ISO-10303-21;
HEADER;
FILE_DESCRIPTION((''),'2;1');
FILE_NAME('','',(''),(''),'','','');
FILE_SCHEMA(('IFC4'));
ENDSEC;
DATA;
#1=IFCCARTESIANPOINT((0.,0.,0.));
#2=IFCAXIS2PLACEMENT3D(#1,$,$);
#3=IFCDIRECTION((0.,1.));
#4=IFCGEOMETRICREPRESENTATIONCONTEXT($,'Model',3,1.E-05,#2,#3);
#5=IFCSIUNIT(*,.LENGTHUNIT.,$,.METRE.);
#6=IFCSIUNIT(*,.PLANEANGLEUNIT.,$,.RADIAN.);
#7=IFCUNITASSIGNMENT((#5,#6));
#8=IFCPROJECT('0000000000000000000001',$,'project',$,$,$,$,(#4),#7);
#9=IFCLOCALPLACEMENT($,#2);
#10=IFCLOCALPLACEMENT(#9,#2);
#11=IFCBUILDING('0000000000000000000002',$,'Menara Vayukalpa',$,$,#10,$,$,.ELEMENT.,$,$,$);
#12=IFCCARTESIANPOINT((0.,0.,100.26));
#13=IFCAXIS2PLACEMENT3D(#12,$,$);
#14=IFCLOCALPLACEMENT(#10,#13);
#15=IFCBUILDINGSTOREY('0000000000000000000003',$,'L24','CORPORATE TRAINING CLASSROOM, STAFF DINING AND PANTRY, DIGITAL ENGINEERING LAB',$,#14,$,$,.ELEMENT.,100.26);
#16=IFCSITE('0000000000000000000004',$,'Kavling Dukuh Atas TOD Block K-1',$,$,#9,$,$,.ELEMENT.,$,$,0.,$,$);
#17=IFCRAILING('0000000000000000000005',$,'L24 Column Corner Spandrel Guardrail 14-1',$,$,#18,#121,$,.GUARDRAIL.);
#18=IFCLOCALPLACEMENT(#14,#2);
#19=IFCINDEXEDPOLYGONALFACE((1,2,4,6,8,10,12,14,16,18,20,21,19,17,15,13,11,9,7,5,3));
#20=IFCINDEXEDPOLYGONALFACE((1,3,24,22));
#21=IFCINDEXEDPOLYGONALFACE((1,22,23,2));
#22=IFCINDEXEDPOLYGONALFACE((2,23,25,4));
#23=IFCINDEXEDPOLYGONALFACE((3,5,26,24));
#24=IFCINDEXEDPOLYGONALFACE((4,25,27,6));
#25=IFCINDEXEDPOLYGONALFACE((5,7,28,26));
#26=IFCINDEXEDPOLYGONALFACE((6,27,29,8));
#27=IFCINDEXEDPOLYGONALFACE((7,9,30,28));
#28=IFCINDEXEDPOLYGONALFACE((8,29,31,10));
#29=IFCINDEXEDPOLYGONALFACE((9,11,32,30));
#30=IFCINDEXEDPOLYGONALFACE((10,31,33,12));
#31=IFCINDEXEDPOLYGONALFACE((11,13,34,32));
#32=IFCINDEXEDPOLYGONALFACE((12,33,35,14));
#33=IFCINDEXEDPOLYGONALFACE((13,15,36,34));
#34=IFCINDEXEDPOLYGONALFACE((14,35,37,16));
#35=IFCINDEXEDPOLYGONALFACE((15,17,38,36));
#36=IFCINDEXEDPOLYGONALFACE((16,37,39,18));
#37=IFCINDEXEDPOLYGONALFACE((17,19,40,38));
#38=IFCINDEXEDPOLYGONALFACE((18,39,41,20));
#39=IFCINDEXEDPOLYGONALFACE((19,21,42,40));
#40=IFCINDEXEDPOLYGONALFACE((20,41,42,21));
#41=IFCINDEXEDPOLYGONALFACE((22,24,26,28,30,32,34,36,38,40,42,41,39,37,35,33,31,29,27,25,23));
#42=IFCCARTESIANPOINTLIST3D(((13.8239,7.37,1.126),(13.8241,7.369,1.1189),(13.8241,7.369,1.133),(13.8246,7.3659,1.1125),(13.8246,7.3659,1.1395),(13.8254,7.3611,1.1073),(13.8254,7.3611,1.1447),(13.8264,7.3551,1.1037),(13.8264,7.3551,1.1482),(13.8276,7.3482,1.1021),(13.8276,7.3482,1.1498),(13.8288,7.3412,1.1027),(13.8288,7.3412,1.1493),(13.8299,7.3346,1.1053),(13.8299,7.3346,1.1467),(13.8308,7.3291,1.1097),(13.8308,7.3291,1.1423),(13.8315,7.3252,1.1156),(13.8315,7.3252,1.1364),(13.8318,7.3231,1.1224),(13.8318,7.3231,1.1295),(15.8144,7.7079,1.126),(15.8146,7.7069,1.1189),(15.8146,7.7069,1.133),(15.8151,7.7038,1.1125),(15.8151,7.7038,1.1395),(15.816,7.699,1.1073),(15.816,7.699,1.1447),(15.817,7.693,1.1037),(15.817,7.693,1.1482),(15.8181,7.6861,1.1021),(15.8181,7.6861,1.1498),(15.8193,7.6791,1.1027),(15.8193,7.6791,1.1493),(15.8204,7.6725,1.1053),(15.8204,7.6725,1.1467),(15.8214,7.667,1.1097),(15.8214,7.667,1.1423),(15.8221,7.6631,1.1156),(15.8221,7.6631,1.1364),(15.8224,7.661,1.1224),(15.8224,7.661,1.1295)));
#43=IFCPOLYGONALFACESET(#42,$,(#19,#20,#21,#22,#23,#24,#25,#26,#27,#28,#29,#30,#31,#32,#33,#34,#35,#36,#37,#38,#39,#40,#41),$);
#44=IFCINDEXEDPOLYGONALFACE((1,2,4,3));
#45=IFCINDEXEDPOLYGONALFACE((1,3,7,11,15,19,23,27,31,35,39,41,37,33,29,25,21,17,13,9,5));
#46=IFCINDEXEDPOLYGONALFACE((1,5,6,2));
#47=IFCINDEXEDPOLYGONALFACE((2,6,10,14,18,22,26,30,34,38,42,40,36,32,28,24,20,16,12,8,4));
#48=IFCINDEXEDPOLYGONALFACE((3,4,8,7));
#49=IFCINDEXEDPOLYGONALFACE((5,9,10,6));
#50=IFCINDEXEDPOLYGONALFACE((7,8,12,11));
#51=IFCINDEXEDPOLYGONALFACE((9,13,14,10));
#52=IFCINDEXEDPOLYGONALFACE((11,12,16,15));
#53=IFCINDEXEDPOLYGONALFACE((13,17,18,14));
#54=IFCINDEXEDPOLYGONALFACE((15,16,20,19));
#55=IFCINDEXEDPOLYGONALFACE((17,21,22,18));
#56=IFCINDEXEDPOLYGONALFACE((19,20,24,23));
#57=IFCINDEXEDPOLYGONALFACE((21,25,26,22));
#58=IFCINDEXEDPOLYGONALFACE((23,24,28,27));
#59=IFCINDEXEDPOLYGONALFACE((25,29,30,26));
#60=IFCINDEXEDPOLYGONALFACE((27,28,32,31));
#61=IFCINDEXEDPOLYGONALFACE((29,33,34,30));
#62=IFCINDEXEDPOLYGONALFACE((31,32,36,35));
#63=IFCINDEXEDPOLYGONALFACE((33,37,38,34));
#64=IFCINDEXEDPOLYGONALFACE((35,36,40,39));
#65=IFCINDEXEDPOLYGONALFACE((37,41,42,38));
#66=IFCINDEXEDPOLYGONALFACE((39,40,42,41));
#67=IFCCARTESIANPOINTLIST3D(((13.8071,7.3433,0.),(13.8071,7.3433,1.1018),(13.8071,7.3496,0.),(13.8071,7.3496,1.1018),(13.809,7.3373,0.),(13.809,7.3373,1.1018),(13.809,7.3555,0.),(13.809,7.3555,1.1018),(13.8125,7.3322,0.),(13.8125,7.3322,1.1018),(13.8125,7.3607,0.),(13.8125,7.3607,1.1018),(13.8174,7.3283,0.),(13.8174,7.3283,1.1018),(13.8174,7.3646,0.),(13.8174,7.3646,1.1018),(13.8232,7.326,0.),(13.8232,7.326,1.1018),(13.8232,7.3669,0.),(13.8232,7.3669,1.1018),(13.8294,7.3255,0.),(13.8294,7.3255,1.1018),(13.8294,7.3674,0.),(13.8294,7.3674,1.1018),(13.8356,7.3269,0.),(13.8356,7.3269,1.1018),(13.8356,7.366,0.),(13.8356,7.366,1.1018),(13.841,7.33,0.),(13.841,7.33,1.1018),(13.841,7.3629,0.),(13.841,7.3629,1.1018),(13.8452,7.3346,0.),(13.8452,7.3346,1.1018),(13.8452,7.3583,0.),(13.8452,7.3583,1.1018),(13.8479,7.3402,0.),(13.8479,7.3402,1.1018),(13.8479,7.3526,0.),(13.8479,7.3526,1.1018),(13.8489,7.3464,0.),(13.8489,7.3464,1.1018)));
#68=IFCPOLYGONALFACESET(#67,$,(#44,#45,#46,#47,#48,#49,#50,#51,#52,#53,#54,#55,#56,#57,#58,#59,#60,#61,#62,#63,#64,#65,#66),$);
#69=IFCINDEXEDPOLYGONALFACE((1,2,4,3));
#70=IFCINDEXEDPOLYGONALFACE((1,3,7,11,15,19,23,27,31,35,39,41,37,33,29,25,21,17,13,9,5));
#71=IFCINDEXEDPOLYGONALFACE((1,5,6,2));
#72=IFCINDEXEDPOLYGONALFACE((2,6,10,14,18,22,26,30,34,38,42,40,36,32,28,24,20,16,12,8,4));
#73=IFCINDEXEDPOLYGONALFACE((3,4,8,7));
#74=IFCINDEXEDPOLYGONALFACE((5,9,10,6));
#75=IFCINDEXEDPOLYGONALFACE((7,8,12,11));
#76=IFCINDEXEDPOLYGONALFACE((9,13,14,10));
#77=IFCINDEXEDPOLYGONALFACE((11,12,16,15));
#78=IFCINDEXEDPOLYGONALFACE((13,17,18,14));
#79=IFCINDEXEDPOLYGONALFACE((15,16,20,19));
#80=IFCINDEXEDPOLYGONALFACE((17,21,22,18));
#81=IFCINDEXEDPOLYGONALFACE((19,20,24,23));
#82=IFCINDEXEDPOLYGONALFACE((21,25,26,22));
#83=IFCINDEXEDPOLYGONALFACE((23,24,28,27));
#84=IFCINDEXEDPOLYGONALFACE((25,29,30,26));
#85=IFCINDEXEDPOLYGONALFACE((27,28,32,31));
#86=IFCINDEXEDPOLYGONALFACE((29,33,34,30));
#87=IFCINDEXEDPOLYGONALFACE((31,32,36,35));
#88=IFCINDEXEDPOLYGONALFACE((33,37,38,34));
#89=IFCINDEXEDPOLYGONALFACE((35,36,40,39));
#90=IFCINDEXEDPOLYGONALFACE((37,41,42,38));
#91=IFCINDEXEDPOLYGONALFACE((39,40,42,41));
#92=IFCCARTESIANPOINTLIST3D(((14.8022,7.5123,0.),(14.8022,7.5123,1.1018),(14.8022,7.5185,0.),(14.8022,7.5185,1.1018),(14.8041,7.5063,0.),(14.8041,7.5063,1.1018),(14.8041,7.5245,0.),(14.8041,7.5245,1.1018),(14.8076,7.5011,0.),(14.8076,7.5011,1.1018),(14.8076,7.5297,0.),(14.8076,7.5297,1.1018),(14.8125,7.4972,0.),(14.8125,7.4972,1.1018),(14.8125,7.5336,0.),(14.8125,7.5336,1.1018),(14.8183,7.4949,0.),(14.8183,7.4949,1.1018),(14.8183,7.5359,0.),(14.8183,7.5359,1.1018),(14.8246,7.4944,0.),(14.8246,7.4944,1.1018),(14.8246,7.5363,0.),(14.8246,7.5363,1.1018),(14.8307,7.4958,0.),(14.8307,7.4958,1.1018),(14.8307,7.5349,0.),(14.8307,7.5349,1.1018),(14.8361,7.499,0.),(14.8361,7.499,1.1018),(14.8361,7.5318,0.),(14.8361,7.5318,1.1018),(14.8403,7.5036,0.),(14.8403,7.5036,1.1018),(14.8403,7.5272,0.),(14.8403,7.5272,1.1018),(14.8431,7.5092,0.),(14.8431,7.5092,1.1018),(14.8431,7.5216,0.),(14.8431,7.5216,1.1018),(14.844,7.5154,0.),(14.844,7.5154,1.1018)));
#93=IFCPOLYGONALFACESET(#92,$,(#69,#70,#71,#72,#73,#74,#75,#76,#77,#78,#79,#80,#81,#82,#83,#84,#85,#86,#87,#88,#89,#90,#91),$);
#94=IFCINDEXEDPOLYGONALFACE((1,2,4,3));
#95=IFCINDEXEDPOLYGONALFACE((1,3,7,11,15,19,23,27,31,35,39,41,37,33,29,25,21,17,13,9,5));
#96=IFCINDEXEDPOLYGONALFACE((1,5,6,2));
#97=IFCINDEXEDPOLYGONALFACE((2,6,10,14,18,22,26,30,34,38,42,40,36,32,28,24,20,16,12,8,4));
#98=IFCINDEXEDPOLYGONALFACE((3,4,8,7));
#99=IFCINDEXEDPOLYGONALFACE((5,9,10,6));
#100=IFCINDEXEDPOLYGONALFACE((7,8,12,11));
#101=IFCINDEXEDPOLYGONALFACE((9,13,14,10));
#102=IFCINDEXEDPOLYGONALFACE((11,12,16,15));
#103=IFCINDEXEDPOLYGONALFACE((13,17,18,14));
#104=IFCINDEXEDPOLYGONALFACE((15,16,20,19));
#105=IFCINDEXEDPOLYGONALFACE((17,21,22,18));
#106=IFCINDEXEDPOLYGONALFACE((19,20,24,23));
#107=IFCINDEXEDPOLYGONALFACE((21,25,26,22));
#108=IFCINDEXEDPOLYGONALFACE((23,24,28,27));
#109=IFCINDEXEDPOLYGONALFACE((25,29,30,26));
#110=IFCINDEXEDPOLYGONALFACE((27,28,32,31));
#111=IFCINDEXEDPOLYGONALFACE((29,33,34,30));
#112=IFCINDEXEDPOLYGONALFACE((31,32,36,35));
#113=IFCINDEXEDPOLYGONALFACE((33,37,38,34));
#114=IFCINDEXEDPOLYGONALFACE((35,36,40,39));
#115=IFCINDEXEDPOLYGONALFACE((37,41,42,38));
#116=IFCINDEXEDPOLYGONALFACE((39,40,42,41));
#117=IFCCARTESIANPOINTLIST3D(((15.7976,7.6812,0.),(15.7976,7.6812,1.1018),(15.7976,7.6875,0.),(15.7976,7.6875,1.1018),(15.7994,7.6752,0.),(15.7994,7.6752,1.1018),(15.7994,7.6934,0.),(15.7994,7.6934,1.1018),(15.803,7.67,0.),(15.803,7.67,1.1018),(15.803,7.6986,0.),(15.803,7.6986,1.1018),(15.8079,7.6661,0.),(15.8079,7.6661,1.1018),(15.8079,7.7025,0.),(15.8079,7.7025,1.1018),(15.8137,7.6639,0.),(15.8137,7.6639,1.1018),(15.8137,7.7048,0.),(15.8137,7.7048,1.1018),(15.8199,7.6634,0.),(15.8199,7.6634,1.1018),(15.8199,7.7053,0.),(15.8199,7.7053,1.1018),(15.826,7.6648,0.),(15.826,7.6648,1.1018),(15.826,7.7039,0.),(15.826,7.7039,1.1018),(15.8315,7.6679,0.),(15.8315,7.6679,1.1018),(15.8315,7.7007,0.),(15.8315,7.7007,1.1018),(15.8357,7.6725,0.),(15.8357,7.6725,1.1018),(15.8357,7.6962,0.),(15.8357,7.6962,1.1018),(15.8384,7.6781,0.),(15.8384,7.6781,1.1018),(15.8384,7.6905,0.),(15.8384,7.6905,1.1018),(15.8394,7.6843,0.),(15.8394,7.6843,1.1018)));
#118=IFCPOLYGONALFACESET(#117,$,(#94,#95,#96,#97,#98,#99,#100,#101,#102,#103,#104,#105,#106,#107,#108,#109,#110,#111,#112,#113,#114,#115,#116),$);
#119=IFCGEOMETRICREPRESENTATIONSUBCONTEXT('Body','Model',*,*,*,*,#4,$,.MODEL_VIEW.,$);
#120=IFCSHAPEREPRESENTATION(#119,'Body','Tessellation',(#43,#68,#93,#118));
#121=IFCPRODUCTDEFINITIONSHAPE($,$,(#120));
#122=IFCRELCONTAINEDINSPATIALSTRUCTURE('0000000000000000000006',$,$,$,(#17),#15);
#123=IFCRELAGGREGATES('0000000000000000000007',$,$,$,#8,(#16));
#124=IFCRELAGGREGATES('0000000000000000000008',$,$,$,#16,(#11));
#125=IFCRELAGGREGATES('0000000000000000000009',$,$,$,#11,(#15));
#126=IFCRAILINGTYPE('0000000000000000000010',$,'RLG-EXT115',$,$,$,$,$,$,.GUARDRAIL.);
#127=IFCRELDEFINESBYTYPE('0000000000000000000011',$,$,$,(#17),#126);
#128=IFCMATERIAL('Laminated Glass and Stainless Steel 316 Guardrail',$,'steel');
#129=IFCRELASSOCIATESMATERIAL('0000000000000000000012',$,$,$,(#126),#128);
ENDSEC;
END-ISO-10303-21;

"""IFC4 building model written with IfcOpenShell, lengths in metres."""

from ifc_helpers import new_model, si_unit, direction, frame, origin, origin_2d, place, context, subcontext, project, spatial, circle, extrude, material, type_object, element, save


model = new_model("IFC4")

# Units and contexts
model_context = context("Model", 3, precision=1e-05, world=origin(), true_north=direction((0.0, 1.0)))
body_context = subcontext(model_context, "Body", "Model", "MODEL_VIEW")
ifc_project = project(units=[si_unit("LENGTHUNIT", "METRE"), si_unit("PLANEANGLEUNIT", "RADIAN")], contexts=[model_context])

# Site, building, storey
site_placement = place(None, origin())
site = spatial("IfcSite", under=ifc_project, at=site_placement, Name="Kavling Dukuh Atas TOD Block K-1", CompositionType="ELEMENT", RefElevation=0.0)
building_placement = place(site_placement, origin())
building = spatial("IfcBuilding", under=site, at=building_placement, Name="Menara Vayukalpa", CompositionType="ELEMENT")
storey_placement = place(building_placement, frame((0.0, 0.0, 100.26)))
storey = spatial("IfcBuildingStorey", under=building, at=storey_placement, Name="L24", Description="CORPORATE TRAINING CLASSROOM, STAFF DINING AND PANTRY, DIGITAL ENGINEERING LAB", CompositionType="ELEMENT", Elevation=100.26)

# Railing
ifc_material_1 = material(Name="Laminated Glass and Stainless Steel 316 Guardrail", Category="steel")
railing_type = type_object("IfcRailingType", Name="RLG-EXT115", PredefinedType="GUARDRAIL", material=ifc_material_1)
railing_1_placement = place(storey_placement, frame((13.8279, 7.3464, 0.0)))
element("IfcRailing", 1, at=railing_1_placement, inside=storey, type_object=railing_type, Name="L24 Column Corner Spandrel Guardrail 14-1", PredefinedType="GUARDRAIL", context=body_context, shape_type="SweptSolid", body=[
    extrude(circle(Radius=0.0239, at=origin_2d()), frame((0.0, 0.0, 1.126), z_axis=(0.985896, 0.167359, 0.0), x_axis=(-0.167359, 0.985896, 0.0)), (0.0, 0.0, 1.0), 2.019),
    extrude(circle(Radius=0.021, at=origin_2d()), origin(), (0.0, 0.0, 1.0), 1.1018),
    extrude(circle(Radius=0.021, at=origin_2d()), frame((0.9951, 0.1689, 0.0)), (0.0, 0.0, 1.0), 1.1018),
    extrude(circle(Radius=0.021, at=origin_2d()), frame((1.9905, 0.3379, 0.0)), (0.0, 0.0, 1.0), 1.1018),
])

save(model, "model.ifc")
